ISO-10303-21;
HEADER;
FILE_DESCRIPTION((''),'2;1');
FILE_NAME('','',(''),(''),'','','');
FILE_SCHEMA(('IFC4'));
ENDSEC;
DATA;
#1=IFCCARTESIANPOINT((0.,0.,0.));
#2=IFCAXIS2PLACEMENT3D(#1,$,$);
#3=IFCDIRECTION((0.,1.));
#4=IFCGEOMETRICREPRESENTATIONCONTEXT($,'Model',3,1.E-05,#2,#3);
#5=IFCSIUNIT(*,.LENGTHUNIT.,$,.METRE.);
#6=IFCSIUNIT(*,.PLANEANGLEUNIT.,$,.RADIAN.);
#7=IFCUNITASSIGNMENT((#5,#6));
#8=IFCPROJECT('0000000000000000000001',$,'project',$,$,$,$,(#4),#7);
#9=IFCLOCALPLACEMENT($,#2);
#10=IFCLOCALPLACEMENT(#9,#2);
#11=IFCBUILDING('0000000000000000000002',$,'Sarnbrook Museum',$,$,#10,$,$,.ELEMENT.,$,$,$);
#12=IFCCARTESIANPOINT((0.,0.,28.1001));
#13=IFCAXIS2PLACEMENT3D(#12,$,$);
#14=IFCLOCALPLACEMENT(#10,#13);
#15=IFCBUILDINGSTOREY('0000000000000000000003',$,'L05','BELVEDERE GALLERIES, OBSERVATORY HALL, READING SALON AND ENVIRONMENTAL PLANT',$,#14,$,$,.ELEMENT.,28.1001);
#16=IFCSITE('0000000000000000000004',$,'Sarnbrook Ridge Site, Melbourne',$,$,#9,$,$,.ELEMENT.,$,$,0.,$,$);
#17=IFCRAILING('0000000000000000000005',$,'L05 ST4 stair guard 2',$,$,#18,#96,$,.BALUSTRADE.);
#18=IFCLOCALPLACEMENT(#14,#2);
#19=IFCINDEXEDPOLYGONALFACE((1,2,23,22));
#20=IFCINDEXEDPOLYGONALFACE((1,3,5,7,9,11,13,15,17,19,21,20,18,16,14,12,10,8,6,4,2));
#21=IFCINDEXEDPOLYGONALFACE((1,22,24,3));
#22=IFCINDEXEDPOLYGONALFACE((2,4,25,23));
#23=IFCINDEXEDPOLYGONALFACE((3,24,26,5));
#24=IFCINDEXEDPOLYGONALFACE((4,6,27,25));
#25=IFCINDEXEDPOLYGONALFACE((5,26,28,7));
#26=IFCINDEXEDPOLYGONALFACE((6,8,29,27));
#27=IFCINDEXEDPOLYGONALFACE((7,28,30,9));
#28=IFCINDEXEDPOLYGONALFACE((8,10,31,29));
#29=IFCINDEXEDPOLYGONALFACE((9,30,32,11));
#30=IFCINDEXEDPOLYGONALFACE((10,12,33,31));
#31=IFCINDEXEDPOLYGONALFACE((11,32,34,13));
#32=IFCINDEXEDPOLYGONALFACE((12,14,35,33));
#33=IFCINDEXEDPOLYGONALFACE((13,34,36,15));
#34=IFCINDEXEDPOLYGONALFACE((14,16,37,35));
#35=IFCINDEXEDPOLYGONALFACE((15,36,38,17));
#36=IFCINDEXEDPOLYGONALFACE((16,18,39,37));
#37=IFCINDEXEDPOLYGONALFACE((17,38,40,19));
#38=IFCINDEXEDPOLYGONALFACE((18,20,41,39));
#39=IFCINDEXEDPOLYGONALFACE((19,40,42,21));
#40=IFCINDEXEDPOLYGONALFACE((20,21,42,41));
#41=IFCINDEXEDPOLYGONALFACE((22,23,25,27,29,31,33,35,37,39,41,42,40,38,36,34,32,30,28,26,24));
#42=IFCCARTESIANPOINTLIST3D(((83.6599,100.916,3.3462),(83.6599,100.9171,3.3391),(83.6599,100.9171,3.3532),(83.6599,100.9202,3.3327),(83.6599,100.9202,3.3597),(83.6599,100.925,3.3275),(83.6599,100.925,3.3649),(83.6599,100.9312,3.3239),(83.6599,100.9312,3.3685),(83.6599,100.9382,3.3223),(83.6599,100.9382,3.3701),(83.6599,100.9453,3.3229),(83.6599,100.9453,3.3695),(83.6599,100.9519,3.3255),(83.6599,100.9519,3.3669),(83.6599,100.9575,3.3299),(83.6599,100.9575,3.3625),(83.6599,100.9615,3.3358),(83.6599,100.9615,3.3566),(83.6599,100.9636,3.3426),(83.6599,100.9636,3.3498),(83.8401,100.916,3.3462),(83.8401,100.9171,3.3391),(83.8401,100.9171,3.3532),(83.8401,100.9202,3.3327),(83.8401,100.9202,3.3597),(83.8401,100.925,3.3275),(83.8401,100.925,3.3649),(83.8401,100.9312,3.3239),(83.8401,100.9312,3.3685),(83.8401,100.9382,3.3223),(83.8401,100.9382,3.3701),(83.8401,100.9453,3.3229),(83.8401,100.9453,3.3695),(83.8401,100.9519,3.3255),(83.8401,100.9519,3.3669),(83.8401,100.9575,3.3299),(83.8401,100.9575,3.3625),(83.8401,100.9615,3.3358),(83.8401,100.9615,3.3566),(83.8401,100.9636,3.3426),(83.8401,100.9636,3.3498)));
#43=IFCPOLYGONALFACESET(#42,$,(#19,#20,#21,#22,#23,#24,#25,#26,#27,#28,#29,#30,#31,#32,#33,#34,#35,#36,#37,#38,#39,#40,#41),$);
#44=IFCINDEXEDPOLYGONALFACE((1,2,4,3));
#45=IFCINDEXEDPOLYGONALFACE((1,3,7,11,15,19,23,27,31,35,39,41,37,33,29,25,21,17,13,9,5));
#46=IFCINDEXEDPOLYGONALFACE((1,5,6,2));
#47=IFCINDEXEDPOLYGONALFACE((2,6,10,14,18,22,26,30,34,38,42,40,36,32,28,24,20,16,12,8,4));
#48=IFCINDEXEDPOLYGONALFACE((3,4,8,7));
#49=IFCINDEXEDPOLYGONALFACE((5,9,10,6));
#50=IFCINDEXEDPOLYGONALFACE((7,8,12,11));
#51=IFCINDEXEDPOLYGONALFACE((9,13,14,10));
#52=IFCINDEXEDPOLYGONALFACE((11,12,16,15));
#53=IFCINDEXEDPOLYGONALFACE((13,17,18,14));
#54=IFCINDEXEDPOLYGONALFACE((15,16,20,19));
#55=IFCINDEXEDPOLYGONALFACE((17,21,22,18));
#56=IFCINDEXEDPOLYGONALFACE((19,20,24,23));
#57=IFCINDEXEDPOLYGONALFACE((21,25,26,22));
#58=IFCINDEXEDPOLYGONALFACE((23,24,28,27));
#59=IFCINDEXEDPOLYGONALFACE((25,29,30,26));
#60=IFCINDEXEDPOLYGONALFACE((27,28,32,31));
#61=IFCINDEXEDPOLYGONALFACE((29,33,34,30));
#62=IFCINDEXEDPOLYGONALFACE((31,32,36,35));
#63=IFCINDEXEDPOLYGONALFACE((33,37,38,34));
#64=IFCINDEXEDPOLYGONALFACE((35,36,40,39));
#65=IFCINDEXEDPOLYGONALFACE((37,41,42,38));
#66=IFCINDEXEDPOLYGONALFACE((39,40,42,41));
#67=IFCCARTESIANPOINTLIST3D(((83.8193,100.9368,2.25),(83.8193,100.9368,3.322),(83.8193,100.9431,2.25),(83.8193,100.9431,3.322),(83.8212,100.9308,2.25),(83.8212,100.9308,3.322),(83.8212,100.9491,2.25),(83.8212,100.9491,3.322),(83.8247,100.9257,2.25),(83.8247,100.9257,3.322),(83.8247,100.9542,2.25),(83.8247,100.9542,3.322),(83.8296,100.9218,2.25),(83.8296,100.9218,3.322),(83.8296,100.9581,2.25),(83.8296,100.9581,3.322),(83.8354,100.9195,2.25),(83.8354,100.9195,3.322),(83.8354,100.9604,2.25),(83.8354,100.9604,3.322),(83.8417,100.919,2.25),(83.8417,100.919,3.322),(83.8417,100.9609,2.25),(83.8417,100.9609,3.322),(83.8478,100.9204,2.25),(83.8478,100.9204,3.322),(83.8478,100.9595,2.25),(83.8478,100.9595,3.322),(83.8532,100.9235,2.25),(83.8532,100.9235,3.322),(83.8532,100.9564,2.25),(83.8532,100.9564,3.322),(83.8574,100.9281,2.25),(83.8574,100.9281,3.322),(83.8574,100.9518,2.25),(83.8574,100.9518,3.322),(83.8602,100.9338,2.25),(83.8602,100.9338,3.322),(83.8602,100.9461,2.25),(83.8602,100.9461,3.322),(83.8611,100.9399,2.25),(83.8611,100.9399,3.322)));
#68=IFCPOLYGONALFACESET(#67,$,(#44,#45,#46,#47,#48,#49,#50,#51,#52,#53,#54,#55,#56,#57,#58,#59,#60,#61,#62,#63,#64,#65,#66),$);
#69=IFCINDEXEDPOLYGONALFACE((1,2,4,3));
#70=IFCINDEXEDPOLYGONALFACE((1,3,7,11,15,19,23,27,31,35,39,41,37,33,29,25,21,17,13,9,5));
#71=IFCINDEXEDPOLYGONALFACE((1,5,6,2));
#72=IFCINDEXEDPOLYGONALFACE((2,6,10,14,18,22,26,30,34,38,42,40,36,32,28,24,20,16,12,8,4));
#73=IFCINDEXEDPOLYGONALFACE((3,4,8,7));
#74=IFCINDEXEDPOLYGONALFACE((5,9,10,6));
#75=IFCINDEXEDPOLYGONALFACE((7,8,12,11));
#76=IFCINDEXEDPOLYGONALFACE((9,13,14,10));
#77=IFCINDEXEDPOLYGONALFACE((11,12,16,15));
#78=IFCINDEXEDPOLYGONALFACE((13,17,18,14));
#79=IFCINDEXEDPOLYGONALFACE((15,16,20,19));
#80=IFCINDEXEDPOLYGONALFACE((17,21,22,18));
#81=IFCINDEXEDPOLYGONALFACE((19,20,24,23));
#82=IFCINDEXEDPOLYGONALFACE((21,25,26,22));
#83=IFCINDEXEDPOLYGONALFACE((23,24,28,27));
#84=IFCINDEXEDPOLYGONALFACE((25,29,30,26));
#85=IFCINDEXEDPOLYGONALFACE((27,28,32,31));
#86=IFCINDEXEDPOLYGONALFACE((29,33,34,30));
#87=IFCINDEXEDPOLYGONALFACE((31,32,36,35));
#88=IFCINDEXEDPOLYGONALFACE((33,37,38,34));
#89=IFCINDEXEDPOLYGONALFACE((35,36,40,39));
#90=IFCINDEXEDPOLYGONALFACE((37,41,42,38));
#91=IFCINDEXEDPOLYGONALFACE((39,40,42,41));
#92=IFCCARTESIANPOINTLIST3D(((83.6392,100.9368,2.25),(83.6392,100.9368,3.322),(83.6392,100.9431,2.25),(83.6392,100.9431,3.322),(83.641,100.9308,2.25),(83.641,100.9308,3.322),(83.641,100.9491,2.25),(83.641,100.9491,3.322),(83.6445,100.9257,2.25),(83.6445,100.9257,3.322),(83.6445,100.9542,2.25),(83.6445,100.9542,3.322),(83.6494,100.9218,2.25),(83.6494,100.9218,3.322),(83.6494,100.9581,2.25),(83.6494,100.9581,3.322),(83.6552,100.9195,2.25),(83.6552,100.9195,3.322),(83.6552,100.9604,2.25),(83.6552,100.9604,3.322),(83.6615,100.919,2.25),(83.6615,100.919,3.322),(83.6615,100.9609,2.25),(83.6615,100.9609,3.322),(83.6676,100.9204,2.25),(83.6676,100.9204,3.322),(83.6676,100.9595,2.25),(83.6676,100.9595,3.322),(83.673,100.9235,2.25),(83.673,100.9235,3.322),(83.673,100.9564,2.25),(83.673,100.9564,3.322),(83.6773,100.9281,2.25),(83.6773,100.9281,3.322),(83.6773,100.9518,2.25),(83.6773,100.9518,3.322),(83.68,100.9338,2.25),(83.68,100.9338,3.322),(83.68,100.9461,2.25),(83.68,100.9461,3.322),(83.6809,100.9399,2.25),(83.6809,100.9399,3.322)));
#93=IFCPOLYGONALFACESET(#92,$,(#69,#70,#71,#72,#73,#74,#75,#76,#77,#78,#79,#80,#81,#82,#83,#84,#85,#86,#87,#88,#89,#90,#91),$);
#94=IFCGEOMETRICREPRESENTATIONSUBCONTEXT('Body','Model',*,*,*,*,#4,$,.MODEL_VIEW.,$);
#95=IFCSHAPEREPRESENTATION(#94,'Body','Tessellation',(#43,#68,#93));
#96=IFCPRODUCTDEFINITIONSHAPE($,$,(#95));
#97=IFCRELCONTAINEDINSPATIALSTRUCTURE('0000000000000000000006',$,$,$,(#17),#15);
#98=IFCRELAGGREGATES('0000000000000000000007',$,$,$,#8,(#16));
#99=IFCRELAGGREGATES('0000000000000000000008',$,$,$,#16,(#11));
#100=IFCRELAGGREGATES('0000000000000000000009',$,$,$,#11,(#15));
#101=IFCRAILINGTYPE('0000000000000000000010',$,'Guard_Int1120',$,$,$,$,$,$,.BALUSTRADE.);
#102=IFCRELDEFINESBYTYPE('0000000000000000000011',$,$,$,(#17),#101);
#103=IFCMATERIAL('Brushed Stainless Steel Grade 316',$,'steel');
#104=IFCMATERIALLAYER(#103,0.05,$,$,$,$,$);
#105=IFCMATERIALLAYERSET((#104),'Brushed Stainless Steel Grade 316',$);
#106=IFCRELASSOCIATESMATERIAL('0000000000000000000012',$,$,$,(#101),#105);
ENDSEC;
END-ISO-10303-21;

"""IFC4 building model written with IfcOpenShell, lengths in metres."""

from ifc_helpers import new_model, si_unit, direction, frame, origin, origin_2d, place, context, subcontext, project, spatial, circle, extrude, material, layer, layer_set, type_object, element, save


model = new_model("IFC4")

# Units and contexts
model_context = context("Model", 3, precision=1e-05, world=origin(), true_north=direction((0.0, 1.0)))
body_context = subcontext(model_context, "Body", "Model", "MODEL_VIEW")
ifc_project = project(units=[si_unit("LENGTHUNIT", "METRE"), si_unit("PLANEANGLEUNIT", "RADIAN")], contexts=[model_context])

# Site, building, storey
site_placement = place(None, origin())
site = spatial("IfcSite", under=ifc_project, at=site_placement, Name="Sarnbrook Ridge Site, Melbourne", CompositionType="ELEMENT", RefElevation=0.0)
building_placement = place(site_placement, origin())
building = spatial("IfcBuilding", under=site, at=building_placement, Name="Sarnbrook Museum", CompositionType="ELEMENT")
storey_placement = place(building_placement, frame((0.0, 0.0, 28.1001)))
storey = spatial("IfcBuildingStorey", under=building, at=storey_placement, Name="L05", Description="BELVEDERE GALLERIES, OBSERVATORY HALL, READING SALON AND ENVIRONMENTAL PLANT", CompositionType="ELEMENT", Elevation=28.1001)

# Shared definitions
ifc_material_1 = material(Name="Brushed Stainless Steel Grade 316", Category="steel")

# Railing
ifc_layer_1 = layer(ifc_material_1, 0.05)
ifc_layer_set_1 = layer_set([ifc_layer_1], Name="Brushed Stainless Steel Grade 316")
railing_type_1 = type_object("IfcRailingType", Name="Guard_Int1120", PredefinedType="BALUSTRADE", material=ifc_layer_set_1)
railing_1_placement = place(storey_placement, frame((83.8401, 100.9399, 2.25)))
element("IfcRailing", 1, at=railing_1_placement, inside=storey, type_object=railing_type_1, Name="L05 ST4 stair guard 2", PredefinedType="BALUSTRADE", context=body_context, shape_type="SweptSolid", body=[
    extrude(circle(Radius=0.0239, at=origin_2d()), frame((0.0, 0.0, 1.0962), z_axis=(-1.0, 0.0, 0.0), x_axis=(0.0, -1.0, 0.0)), (0.0, 0.0, 1.0), 0.1802),
    extrude(circle(Radius=0.021, at=origin_2d()), origin(), (0.0, 0.0, 1.0), 1.072),
    extrude(circle(Radius=0.021, at=origin_2d()), frame((-0.1802, 0.0, 0.0)), (0.0, 0.0, 1.0), 1.072),
])

save(model, "model.ifc")
